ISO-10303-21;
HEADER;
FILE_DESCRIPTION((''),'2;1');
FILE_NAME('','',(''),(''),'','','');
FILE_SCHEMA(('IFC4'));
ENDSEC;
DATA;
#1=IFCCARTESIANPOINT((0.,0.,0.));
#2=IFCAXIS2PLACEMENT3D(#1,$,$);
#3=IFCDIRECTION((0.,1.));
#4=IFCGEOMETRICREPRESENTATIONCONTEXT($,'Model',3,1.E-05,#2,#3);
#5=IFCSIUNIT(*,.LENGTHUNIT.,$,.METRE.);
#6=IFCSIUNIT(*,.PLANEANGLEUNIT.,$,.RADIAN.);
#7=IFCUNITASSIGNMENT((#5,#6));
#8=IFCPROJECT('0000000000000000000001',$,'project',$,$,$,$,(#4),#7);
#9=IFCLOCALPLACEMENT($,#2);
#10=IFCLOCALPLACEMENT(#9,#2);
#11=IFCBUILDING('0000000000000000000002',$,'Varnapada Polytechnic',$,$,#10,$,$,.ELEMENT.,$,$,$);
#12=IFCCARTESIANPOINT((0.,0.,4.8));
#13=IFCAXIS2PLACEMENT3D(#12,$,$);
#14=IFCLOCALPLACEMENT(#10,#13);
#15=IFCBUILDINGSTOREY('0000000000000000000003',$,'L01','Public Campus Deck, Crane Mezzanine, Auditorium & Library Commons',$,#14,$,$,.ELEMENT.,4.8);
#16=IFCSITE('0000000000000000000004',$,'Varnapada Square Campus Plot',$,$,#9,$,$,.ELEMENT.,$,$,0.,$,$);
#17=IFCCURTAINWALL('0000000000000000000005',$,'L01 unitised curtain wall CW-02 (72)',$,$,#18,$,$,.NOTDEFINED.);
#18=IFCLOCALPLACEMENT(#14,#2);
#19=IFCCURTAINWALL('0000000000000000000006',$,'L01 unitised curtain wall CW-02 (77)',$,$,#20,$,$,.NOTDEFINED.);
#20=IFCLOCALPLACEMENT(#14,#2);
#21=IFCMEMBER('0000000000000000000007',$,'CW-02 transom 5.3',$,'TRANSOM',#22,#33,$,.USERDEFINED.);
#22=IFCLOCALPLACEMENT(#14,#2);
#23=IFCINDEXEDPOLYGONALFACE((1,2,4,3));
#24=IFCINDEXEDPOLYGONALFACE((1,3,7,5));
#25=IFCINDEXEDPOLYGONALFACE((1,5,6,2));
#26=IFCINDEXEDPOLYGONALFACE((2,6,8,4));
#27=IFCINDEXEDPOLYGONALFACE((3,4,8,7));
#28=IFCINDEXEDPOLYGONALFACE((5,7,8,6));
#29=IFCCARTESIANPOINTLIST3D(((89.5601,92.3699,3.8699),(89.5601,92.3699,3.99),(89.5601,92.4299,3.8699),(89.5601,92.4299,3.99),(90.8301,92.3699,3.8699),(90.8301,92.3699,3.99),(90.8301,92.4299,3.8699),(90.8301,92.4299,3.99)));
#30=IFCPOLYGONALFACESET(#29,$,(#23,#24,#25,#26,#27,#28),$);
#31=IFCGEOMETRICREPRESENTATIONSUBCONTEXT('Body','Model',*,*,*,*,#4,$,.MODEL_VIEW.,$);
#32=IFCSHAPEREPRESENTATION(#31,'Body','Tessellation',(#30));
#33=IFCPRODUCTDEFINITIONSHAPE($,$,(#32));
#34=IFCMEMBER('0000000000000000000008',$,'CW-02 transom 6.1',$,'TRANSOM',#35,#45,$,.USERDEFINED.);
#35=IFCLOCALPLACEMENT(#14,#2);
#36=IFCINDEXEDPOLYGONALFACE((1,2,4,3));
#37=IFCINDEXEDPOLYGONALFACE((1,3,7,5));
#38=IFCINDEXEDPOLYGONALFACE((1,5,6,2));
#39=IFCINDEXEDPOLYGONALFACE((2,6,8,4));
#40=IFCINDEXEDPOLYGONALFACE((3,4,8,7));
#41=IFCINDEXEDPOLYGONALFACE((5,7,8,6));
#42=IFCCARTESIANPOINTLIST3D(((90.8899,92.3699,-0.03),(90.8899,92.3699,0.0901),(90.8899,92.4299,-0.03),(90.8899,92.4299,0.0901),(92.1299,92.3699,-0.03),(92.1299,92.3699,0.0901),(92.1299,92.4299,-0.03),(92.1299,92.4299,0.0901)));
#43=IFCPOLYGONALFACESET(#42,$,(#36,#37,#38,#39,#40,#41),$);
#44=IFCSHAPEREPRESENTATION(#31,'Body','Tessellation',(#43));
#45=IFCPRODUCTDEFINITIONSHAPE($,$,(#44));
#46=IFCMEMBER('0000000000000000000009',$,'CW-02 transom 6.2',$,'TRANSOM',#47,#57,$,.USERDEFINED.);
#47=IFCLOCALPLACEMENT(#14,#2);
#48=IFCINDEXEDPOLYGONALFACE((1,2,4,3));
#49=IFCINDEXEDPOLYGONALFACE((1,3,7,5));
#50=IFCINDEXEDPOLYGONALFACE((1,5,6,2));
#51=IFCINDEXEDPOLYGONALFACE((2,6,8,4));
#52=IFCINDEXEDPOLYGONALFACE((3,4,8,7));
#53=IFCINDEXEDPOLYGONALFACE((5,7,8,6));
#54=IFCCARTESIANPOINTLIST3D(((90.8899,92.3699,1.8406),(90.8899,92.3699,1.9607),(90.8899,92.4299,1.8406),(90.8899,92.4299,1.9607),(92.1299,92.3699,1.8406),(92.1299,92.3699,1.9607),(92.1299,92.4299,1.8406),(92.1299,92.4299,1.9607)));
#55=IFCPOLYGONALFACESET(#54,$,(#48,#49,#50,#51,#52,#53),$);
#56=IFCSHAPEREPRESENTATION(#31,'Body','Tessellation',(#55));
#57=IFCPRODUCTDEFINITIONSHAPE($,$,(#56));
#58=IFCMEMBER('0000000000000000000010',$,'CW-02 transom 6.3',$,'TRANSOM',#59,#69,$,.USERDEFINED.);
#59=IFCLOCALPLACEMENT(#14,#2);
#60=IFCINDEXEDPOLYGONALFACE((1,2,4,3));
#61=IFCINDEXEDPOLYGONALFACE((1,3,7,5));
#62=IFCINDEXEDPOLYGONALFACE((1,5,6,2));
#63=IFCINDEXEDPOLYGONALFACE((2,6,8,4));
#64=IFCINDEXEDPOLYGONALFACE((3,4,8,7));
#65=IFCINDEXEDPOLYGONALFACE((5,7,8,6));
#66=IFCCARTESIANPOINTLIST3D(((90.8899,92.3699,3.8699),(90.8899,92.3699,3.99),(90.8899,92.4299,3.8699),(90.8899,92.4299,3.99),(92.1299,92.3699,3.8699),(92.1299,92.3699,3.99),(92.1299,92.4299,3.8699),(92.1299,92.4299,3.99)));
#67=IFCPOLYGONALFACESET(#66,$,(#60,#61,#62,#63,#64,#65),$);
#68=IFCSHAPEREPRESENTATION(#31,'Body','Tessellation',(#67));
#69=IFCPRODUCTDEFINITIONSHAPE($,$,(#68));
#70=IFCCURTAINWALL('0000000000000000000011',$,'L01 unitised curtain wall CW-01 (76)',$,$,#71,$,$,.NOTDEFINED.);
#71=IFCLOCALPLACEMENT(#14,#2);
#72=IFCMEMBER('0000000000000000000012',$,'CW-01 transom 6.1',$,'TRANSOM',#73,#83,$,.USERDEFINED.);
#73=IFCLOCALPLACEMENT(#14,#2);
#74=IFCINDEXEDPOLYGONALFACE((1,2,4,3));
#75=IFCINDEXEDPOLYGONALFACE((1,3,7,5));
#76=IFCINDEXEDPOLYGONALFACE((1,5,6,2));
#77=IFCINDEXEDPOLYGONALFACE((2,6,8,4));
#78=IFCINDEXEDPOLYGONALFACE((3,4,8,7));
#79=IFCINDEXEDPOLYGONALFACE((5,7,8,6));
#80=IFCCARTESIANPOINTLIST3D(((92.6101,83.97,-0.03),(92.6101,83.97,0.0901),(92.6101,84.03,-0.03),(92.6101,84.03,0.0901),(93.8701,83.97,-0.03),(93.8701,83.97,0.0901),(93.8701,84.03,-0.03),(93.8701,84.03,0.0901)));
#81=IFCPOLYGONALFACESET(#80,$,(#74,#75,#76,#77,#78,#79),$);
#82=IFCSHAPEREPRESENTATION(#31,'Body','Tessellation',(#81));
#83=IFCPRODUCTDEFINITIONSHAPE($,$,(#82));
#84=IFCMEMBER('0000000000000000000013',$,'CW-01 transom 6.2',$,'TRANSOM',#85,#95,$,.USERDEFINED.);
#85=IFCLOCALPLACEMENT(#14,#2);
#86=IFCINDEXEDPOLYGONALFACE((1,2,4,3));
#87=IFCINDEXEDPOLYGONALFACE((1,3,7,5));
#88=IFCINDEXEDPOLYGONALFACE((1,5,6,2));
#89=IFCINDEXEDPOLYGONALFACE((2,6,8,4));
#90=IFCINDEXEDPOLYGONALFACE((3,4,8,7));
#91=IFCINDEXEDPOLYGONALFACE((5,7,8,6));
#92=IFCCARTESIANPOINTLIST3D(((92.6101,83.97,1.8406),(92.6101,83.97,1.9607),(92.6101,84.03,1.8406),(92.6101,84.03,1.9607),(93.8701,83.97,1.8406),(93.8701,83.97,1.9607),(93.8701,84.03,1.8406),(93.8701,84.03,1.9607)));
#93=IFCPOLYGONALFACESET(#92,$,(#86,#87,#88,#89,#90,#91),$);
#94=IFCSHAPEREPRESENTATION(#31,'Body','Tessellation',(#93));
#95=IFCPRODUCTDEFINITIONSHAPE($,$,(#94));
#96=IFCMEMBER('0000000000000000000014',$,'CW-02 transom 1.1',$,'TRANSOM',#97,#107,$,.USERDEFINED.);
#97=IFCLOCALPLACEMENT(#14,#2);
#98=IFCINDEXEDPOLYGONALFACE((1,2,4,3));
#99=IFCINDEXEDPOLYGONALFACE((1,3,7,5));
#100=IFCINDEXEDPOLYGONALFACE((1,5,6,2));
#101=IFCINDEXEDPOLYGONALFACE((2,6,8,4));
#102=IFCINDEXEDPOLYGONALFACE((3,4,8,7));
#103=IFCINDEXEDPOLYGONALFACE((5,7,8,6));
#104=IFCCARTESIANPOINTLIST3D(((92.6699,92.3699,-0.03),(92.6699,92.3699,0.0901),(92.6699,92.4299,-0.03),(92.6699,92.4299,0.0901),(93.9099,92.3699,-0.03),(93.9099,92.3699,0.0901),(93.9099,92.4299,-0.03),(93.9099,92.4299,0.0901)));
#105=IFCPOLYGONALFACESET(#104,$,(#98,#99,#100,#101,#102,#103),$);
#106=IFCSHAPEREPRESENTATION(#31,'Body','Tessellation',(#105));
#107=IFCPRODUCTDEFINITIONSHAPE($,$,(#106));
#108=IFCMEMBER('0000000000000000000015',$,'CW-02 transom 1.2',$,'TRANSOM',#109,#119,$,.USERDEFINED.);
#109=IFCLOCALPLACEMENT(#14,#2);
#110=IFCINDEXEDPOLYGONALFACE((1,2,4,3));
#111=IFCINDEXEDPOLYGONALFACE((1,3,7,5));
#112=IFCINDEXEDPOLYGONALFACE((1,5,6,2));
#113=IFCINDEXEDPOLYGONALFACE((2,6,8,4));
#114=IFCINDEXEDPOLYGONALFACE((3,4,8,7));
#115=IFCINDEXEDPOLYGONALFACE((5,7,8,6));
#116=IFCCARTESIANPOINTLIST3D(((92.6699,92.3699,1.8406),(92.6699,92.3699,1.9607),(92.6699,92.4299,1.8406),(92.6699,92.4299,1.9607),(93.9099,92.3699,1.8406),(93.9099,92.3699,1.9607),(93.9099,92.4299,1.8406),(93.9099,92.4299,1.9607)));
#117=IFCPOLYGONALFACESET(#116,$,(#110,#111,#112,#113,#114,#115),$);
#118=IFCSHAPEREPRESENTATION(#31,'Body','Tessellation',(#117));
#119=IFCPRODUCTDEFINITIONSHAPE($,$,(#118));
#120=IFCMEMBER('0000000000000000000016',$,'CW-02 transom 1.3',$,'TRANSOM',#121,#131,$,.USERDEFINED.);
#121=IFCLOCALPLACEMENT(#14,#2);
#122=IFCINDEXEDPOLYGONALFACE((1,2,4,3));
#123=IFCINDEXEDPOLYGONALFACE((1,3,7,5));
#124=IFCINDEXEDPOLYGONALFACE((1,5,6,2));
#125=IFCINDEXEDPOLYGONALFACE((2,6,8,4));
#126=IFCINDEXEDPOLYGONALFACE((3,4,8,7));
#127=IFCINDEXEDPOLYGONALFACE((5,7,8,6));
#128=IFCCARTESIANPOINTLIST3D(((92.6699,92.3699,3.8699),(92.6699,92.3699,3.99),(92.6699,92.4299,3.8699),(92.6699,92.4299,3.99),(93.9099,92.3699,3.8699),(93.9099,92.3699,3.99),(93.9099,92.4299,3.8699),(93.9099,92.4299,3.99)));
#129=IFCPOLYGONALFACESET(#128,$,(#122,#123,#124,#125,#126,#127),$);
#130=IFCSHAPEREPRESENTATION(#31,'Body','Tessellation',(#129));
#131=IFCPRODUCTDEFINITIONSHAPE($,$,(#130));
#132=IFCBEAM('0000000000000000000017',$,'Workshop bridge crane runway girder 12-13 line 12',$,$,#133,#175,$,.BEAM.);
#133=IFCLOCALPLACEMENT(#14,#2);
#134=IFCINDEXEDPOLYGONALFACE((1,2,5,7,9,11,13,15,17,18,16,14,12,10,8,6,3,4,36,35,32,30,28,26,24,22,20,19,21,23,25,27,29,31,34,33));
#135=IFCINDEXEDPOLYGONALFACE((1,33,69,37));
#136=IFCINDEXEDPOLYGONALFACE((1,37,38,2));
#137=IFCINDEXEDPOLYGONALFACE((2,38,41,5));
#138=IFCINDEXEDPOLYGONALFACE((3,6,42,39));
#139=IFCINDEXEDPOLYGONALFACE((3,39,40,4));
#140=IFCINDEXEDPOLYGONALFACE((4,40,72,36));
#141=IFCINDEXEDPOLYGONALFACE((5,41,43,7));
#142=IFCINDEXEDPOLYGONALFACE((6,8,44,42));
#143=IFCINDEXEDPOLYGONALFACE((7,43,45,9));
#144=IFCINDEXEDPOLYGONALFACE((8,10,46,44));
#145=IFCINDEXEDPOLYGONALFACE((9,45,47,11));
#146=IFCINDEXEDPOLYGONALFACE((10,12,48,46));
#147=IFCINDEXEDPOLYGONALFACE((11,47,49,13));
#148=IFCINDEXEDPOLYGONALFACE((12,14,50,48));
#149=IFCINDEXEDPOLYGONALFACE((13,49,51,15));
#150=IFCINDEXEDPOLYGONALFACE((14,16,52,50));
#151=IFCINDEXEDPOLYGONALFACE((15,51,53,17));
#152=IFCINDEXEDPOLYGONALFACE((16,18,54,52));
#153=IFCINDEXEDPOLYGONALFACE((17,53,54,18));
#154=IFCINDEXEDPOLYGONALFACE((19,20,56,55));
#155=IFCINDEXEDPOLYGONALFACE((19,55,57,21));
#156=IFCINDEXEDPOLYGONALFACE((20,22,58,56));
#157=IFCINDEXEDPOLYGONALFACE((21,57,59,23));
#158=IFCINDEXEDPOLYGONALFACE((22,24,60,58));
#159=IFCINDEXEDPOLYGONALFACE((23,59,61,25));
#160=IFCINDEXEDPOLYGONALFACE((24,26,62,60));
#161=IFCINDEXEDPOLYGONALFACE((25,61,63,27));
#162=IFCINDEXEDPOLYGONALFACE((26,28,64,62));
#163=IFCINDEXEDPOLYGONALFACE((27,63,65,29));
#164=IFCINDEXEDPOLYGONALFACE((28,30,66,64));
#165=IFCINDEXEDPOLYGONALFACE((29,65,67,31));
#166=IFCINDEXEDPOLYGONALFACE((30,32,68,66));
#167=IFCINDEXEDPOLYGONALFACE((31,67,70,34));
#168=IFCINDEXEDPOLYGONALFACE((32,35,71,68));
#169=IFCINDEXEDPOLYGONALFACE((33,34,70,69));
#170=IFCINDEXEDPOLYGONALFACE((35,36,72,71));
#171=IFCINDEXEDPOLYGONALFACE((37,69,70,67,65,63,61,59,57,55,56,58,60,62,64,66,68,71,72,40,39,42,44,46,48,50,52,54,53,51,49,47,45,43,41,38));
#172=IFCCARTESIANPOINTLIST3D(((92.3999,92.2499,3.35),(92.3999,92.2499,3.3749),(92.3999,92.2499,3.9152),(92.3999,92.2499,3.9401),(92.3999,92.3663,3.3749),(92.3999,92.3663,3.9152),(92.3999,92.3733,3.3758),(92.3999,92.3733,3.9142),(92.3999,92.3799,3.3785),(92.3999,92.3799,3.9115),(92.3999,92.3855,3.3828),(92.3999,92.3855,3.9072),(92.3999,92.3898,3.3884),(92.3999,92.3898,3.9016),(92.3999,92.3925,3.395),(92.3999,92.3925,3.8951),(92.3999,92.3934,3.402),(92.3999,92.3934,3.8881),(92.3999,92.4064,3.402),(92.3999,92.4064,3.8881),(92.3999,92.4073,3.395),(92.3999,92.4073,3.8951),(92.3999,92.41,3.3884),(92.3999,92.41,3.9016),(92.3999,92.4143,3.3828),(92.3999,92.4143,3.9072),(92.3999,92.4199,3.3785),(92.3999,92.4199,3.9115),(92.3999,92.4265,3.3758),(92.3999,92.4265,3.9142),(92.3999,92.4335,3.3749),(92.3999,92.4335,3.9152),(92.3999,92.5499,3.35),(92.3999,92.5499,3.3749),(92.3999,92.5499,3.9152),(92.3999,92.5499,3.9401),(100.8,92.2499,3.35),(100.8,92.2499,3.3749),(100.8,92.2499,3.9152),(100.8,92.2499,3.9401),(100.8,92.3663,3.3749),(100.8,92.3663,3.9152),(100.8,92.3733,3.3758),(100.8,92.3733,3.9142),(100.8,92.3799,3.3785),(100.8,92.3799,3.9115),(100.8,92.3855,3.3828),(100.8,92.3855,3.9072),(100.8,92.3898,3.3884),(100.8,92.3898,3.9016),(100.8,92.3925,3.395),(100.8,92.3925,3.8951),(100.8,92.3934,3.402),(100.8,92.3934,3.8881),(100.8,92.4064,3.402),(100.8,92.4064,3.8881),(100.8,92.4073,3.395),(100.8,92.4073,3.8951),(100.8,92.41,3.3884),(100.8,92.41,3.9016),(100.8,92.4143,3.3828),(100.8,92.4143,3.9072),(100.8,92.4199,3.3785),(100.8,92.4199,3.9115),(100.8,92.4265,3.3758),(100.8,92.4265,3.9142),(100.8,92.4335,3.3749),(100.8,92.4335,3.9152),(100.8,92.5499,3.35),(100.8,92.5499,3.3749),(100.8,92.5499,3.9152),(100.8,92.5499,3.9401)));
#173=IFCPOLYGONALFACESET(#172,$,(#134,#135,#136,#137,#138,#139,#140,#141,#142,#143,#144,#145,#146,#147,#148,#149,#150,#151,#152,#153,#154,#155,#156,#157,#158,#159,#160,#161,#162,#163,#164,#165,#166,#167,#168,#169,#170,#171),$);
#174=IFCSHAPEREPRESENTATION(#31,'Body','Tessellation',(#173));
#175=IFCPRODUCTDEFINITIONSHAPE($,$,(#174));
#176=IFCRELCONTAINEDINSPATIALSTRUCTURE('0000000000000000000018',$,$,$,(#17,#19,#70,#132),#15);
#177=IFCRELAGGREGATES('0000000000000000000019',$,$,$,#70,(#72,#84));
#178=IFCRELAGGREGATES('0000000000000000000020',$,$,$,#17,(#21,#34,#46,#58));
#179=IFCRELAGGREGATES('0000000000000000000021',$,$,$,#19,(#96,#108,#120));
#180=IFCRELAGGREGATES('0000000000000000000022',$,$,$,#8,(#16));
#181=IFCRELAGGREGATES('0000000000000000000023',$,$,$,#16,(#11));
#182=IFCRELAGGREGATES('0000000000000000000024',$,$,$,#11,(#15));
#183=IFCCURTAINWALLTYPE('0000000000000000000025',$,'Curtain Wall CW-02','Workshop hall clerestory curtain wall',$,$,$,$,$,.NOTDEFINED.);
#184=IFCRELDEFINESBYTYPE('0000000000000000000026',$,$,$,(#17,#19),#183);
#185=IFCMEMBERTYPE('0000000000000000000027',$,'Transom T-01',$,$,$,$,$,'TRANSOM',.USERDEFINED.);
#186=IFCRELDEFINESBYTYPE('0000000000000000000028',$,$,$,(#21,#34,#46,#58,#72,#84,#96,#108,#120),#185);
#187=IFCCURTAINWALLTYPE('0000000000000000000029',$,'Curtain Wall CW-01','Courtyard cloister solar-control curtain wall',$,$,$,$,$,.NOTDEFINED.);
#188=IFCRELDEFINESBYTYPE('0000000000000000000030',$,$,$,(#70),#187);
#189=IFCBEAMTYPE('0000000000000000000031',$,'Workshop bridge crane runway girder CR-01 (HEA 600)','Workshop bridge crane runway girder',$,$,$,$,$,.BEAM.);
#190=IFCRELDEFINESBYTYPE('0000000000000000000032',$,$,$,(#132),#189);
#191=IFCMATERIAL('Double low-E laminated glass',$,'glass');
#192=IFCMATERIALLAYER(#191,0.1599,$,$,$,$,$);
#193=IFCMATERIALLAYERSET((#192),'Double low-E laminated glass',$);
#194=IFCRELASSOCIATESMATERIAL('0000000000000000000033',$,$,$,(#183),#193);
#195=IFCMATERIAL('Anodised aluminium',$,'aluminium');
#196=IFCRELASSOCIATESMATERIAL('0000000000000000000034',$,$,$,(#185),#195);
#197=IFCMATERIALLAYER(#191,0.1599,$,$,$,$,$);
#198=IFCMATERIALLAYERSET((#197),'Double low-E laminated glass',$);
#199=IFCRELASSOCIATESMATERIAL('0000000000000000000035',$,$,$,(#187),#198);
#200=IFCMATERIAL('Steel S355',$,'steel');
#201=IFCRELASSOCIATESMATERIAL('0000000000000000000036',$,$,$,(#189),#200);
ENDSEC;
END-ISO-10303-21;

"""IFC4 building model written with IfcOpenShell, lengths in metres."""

from ifc_helpers import new_model, si_unit, direction, frame, origin, origin_2d, place, context, subcontext, project, spatial, rectangle, i_section, extrude, material, layer, layer_set, material_profile, profile_set, type_object, element, aggregate, save


model = new_model("IFC4")

# Units and contexts
model_context = context("Model", 3, precision=1e-05, world=origin(), true_north=direction((0.0, 1.0)))
body_context = subcontext(model_context, "Body", "Model", "MODEL_VIEW")
ifc_project = project(units=[si_unit("LENGTHUNIT", "METRE"), si_unit("PLANEANGLEUNIT", "RADIAN")], contexts=[model_context])

# Site, building, storey
site_placement = place(None, origin())
site = spatial("IfcSite", under=ifc_project, at=site_placement, Name="Varnapada Square Campus Plot", CompositionType="ELEMENT", RefElevation=0.0)
building_placement = place(site_placement, origin())
building = spatial("IfcBuilding", under=site, at=building_placement, Name="Varnapada Polytechnic", CompositionType="ELEMENT")
storey_placement = place(building_placement, frame((0.0, 0.0, 4.8)))
storey = spatial("IfcBuildingStorey", under=building, at=storey_placement, Name="L01", Description="Public Campus Deck, Crane Mezzanine, Auditorium & Library Commons", CompositionType="ELEMENT", Elevation=4.8)

# Shared definitions
ifc_material_1 = material(Name="Steel S355", Category="steel")

# Curtain wall
ifc_material_2 = material(Name="Double low-E laminated glass", Category="glass")
ifc_layer_1 = layer(ifc_material_2, 0.1599)
ifc_layer_set_1 = layer_set([ifc_layer_1], Name="Double low-E laminated glass")
curtain_wall_type_1 = type_object("IfcCurtainWallType", Name="Curtain Wall CW-02", Description="Workshop hall clerestory curtain wall", PredefinedType="NOTDEFINED", material=ifc_layer_set_1)
curtain_wall_1_placement = place(storey_placement, origin())
curtain_wall_1 = element("IfcCurtainWall", 1, at=curtain_wall_1_placement, inside=storey, type_object=curtain_wall_type_1, Name="L01 unitised curtain wall CW-02 (72)", PredefinedType="NOTDEFINED")
ifc_material_3 = material(Name="Anodised aluminium", Category="aluminium")

# Curtain wall
curtain_wall_2_placement = place(storey_placement, origin())
curtain_wall_2 = element("IfcCurtainWall", 2, at=curtain_wall_2_placement, inside=storey, type_object=curtain_wall_type_1, Name="L01 unitised curtain wall CW-02 (77)", PredefinedType="NOTDEFINED")

# Members
ifc_material_profile_1 = material_profile(ifc_material_3, rectangle(XDim=0.0601, YDim=0.1201, at=origin_2d()), Name="ALU T60x120")
ifc_profile_set_1 = profile_set([ifc_material_profile_1], Name="Anodised aluminium")
member_type_1 = type_object("IfcMemberType", Name="Transom T-01", ElementType="TRANSOM", PredefinedType="USERDEFINED", material=ifc_profile_set_1)
member_1_placement = place(storey_placement, frame((89.5601, 92.3999, 3.9299), z_axis=(1.0, 0.0, 0.0), x_axis=(0.0, 1.0, 0.0)))
member_1 = element("IfcMember", 3, at=member_1_placement, type_object=member_type_1, Name="CW-02 transom 5.3", ObjectType="TRANSOM", PredefinedType="USERDEFINED", context=body_context, shape_type="SweptSolid", body=[
    extrude(rectangle(XDim=0.0601, YDim=0.1201, at=origin_2d()), origin(), (0.0, 0.0, 1.0), 1.27),
])
member_2_placement = place(storey_placement, frame((90.8899, 92.3999, 0.03), z_axis=(1.0, 0.0, 0.0), x_axis=(0.0, 1.0, 0.0)))
member_2 = element("IfcMember", 4, at=member_2_placement, type_object=member_type_1, Name="CW-02 transom 6.1", ObjectType="TRANSOM", PredefinedType="USERDEFINED", context=body_context, shape_type="SweptSolid", body=[
    extrude(rectangle(XDim=0.0601, YDim=0.1201, at=origin_2d()), origin(), (0.0, 0.0, 1.0), 1.24),
])
member_3_placement = place(storey_placement, frame((90.8899, 92.3999, 1.9006), z_axis=(1.0, 0.0, 0.0), x_axis=(0.0, 1.0, 0.0)))
member_3 = element("IfcMember", 5, at=member_3_placement, type_object=member_type_1, Name="CW-02 transom 6.2", ObjectType="TRANSOM", PredefinedType="USERDEFINED", context=body_context, shape_type="SweptSolid", body=[
    extrude(rectangle(XDim=0.0601, YDim=0.1201, at=origin_2d()), origin(), (0.0, 0.0, 1.0), 1.24),
])
member_4_placement = place(storey_placement, frame((90.8899, 92.3999, 3.9299), z_axis=(1.0, 0.0, 0.0), x_axis=(0.0, 1.0, 0.0)))
member_4 = element("IfcMember", 6, at=member_4_placement, type_object=member_type_1, Name="CW-02 transom 6.3", ObjectType="TRANSOM", PredefinedType="USERDEFINED", context=body_context, shape_type="SweptSolid", body=[
    extrude(rectangle(XDim=0.0601, YDim=0.1201, at=origin_2d()), origin(), (0.0, 0.0, 1.0), 1.24),
])

# Curtain wall, members
ifc_layer_2 = layer(ifc_material_2, 0.1599)
ifc_layer_set_2 = layer_set([ifc_layer_2], Name="Double low-E laminated glass")
curtain_wall_type_2 = type_object("IfcCurtainWallType", Name="Curtain Wall CW-01", Description="Courtyard cloister solar-control curtain wall", PredefinedType="NOTDEFINED", material=ifc_layer_set_2)
curtain_wall_3_placement = place(storey_placement, origin())
curtain_wall_3 = element("IfcCurtainWall", 7, at=curtain_wall_3_placement, inside=storey, type_object=curtain_wall_type_2, Name="L01 unitised curtain wall CW-01 (76)", PredefinedType="NOTDEFINED")
member_5_placement = place(storey_placement, frame((93.8701, 84.0, 0.03), z_axis=(-1.0, 0.0, 0.0), x_axis=(0.0, -1.0, 0.0)))
member_5 = element("IfcMember", 8, at=member_5_placement, type_object=member_type_1, Name="CW-01 transom 6.1", ObjectType="TRANSOM", PredefinedType="USERDEFINED", context=body_context, shape_type="SweptSolid", body=[
    extrude(rectangle(XDim=0.0601, YDim=0.1201, at=origin_2d()), origin(), (0.0, 0.0, 1.0), 1.26),
])
member_6_placement = place(storey_placement, frame((93.8701, 84.0, 1.9006), z_axis=(-1.0, 0.0, 0.0), x_axis=(0.0, -1.0, 0.0)))
member_6 = element("IfcMember", 9, at=member_6_placement, type_object=member_type_1, Name="CW-01 transom 6.2", ObjectType="TRANSOM", PredefinedType="USERDEFINED", context=body_context, shape_type="SweptSolid", body=[
    extrude(rectangle(XDim=0.0601, YDim=0.1201, at=origin_2d()), origin(), (0.0, 0.0, 1.0), 1.26),
])
aggregate(curtain_wall_3, [member_5, member_6])

# Members
member_7_placement = place(storey_placement, frame((92.6699, 92.3999, 0.03), z_axis=(1.0, 0.0, 0.0), x_axis=(0.0, 1.0, 0.0)))
member_7 = element("IfcMember", 10, at=member_7_placement, type_object=member_type_1, Name="CW-02 transom 1.1", ObjectType="TRANSOM", PredefinedType="USERDEFINED", context=body_context, shape_type="SweptSolid", body=[
    extrude(rectangle(XDim=0.0601, YDim=0.1201, at=origin_2d()), origin(), (0.0, 0.0, 1.0), 1.24),
])
member_8_placement = place(storey_placement, frame((92.6699, 92.3999, 1.9006), z_axis=(1.0, 0.0, 0.0), x_axis=(0.0, 1.0, 0.0)))
member_8 = element("IfcMember", 11, at=member_8_placement, type_object=member_type_1, Name="CW-02 transom 1.2", ObjectType="TRANSOM", PredefinedType="USERDEFINED", context=body_context, shape_type="SweptSolid", body=[
    extrude(rectangle(XDim=0.0601, YDim=0.1201, at=origin_2d()), origin(), (0.0, 0.0, 1.0), 1.24),
])
member_9_placement = place(storey_placement, frame((92.6699, 92.3999, 3.9299), z_axis=(1.0, 0.0, 0.0), x_axis=(0.0, 1.0, 0.0)))
member_9 = element("IfcMember", 12, at=member_9_placement, type_object=member_type_1, Name="CW-02 transom 1.3", ObjectType="TRANSOM", PredefinedType="USERDEFINED", context=body_context, shape_type="SweptSolid", body=[
    extrude(rectangle(XDim=0.0601, YDim=0.1201, at=origin_2d()), origin(), (0.0, 0.0, 1.0), 1.24),
])

# Beam
ifc_material_profile_2 = material_profile(ifc_material_1, i_section(OverallWidth=0.3, OverallDepth=0.5901, WebThickness=0.0129, FlangeThickness=0.0249, FilletRadius=0.0271, at=origin_2d()), Name="HEA 600")
ifc_profile_set_2 = profile_set([ifc_material_profile_2], Name="Steel S355")
beam_type_1 = type_object("IfcBeamType", Name="Workshop bridge crane runway girder CR-01 (HEA 600)", Description="Workshop bridge crane runway girder", PredefinedType="BEAM", material=ifc_profile_set_2)
beam_1_placement = place(storey_placement, frame((92.3999, 92.3999, 3.645), z_axis=(1.0, 0.0, 0.0), x_axis=(0.0, 1.0, 0.0)))
element("IfcBeam", 13, at=beam_1_placement, inside=storey, type_object=beam_type_1, Name="Workshop bridge crane runway girder 12-13 line 12", PredefinedType="BEAM", context=body_context, shape_type="SweptSolid", body=[
    extrude(i_section(OverallWidth=0.3, OverallDepth=0.5901, WebThickness=0.0129, FlangeThickness=0.0249, FilletRadius=0.0271, at=origin_2d()), origin(), (0.0, 0.0, 1.0), 8.4001),
])

aggregate(curtain_wall_1, [member_1, member_2, member_3, member_4])
aggregate(curtain_wall_2, [member_7, member_8, member_9])

save(model, "model.ifc")
